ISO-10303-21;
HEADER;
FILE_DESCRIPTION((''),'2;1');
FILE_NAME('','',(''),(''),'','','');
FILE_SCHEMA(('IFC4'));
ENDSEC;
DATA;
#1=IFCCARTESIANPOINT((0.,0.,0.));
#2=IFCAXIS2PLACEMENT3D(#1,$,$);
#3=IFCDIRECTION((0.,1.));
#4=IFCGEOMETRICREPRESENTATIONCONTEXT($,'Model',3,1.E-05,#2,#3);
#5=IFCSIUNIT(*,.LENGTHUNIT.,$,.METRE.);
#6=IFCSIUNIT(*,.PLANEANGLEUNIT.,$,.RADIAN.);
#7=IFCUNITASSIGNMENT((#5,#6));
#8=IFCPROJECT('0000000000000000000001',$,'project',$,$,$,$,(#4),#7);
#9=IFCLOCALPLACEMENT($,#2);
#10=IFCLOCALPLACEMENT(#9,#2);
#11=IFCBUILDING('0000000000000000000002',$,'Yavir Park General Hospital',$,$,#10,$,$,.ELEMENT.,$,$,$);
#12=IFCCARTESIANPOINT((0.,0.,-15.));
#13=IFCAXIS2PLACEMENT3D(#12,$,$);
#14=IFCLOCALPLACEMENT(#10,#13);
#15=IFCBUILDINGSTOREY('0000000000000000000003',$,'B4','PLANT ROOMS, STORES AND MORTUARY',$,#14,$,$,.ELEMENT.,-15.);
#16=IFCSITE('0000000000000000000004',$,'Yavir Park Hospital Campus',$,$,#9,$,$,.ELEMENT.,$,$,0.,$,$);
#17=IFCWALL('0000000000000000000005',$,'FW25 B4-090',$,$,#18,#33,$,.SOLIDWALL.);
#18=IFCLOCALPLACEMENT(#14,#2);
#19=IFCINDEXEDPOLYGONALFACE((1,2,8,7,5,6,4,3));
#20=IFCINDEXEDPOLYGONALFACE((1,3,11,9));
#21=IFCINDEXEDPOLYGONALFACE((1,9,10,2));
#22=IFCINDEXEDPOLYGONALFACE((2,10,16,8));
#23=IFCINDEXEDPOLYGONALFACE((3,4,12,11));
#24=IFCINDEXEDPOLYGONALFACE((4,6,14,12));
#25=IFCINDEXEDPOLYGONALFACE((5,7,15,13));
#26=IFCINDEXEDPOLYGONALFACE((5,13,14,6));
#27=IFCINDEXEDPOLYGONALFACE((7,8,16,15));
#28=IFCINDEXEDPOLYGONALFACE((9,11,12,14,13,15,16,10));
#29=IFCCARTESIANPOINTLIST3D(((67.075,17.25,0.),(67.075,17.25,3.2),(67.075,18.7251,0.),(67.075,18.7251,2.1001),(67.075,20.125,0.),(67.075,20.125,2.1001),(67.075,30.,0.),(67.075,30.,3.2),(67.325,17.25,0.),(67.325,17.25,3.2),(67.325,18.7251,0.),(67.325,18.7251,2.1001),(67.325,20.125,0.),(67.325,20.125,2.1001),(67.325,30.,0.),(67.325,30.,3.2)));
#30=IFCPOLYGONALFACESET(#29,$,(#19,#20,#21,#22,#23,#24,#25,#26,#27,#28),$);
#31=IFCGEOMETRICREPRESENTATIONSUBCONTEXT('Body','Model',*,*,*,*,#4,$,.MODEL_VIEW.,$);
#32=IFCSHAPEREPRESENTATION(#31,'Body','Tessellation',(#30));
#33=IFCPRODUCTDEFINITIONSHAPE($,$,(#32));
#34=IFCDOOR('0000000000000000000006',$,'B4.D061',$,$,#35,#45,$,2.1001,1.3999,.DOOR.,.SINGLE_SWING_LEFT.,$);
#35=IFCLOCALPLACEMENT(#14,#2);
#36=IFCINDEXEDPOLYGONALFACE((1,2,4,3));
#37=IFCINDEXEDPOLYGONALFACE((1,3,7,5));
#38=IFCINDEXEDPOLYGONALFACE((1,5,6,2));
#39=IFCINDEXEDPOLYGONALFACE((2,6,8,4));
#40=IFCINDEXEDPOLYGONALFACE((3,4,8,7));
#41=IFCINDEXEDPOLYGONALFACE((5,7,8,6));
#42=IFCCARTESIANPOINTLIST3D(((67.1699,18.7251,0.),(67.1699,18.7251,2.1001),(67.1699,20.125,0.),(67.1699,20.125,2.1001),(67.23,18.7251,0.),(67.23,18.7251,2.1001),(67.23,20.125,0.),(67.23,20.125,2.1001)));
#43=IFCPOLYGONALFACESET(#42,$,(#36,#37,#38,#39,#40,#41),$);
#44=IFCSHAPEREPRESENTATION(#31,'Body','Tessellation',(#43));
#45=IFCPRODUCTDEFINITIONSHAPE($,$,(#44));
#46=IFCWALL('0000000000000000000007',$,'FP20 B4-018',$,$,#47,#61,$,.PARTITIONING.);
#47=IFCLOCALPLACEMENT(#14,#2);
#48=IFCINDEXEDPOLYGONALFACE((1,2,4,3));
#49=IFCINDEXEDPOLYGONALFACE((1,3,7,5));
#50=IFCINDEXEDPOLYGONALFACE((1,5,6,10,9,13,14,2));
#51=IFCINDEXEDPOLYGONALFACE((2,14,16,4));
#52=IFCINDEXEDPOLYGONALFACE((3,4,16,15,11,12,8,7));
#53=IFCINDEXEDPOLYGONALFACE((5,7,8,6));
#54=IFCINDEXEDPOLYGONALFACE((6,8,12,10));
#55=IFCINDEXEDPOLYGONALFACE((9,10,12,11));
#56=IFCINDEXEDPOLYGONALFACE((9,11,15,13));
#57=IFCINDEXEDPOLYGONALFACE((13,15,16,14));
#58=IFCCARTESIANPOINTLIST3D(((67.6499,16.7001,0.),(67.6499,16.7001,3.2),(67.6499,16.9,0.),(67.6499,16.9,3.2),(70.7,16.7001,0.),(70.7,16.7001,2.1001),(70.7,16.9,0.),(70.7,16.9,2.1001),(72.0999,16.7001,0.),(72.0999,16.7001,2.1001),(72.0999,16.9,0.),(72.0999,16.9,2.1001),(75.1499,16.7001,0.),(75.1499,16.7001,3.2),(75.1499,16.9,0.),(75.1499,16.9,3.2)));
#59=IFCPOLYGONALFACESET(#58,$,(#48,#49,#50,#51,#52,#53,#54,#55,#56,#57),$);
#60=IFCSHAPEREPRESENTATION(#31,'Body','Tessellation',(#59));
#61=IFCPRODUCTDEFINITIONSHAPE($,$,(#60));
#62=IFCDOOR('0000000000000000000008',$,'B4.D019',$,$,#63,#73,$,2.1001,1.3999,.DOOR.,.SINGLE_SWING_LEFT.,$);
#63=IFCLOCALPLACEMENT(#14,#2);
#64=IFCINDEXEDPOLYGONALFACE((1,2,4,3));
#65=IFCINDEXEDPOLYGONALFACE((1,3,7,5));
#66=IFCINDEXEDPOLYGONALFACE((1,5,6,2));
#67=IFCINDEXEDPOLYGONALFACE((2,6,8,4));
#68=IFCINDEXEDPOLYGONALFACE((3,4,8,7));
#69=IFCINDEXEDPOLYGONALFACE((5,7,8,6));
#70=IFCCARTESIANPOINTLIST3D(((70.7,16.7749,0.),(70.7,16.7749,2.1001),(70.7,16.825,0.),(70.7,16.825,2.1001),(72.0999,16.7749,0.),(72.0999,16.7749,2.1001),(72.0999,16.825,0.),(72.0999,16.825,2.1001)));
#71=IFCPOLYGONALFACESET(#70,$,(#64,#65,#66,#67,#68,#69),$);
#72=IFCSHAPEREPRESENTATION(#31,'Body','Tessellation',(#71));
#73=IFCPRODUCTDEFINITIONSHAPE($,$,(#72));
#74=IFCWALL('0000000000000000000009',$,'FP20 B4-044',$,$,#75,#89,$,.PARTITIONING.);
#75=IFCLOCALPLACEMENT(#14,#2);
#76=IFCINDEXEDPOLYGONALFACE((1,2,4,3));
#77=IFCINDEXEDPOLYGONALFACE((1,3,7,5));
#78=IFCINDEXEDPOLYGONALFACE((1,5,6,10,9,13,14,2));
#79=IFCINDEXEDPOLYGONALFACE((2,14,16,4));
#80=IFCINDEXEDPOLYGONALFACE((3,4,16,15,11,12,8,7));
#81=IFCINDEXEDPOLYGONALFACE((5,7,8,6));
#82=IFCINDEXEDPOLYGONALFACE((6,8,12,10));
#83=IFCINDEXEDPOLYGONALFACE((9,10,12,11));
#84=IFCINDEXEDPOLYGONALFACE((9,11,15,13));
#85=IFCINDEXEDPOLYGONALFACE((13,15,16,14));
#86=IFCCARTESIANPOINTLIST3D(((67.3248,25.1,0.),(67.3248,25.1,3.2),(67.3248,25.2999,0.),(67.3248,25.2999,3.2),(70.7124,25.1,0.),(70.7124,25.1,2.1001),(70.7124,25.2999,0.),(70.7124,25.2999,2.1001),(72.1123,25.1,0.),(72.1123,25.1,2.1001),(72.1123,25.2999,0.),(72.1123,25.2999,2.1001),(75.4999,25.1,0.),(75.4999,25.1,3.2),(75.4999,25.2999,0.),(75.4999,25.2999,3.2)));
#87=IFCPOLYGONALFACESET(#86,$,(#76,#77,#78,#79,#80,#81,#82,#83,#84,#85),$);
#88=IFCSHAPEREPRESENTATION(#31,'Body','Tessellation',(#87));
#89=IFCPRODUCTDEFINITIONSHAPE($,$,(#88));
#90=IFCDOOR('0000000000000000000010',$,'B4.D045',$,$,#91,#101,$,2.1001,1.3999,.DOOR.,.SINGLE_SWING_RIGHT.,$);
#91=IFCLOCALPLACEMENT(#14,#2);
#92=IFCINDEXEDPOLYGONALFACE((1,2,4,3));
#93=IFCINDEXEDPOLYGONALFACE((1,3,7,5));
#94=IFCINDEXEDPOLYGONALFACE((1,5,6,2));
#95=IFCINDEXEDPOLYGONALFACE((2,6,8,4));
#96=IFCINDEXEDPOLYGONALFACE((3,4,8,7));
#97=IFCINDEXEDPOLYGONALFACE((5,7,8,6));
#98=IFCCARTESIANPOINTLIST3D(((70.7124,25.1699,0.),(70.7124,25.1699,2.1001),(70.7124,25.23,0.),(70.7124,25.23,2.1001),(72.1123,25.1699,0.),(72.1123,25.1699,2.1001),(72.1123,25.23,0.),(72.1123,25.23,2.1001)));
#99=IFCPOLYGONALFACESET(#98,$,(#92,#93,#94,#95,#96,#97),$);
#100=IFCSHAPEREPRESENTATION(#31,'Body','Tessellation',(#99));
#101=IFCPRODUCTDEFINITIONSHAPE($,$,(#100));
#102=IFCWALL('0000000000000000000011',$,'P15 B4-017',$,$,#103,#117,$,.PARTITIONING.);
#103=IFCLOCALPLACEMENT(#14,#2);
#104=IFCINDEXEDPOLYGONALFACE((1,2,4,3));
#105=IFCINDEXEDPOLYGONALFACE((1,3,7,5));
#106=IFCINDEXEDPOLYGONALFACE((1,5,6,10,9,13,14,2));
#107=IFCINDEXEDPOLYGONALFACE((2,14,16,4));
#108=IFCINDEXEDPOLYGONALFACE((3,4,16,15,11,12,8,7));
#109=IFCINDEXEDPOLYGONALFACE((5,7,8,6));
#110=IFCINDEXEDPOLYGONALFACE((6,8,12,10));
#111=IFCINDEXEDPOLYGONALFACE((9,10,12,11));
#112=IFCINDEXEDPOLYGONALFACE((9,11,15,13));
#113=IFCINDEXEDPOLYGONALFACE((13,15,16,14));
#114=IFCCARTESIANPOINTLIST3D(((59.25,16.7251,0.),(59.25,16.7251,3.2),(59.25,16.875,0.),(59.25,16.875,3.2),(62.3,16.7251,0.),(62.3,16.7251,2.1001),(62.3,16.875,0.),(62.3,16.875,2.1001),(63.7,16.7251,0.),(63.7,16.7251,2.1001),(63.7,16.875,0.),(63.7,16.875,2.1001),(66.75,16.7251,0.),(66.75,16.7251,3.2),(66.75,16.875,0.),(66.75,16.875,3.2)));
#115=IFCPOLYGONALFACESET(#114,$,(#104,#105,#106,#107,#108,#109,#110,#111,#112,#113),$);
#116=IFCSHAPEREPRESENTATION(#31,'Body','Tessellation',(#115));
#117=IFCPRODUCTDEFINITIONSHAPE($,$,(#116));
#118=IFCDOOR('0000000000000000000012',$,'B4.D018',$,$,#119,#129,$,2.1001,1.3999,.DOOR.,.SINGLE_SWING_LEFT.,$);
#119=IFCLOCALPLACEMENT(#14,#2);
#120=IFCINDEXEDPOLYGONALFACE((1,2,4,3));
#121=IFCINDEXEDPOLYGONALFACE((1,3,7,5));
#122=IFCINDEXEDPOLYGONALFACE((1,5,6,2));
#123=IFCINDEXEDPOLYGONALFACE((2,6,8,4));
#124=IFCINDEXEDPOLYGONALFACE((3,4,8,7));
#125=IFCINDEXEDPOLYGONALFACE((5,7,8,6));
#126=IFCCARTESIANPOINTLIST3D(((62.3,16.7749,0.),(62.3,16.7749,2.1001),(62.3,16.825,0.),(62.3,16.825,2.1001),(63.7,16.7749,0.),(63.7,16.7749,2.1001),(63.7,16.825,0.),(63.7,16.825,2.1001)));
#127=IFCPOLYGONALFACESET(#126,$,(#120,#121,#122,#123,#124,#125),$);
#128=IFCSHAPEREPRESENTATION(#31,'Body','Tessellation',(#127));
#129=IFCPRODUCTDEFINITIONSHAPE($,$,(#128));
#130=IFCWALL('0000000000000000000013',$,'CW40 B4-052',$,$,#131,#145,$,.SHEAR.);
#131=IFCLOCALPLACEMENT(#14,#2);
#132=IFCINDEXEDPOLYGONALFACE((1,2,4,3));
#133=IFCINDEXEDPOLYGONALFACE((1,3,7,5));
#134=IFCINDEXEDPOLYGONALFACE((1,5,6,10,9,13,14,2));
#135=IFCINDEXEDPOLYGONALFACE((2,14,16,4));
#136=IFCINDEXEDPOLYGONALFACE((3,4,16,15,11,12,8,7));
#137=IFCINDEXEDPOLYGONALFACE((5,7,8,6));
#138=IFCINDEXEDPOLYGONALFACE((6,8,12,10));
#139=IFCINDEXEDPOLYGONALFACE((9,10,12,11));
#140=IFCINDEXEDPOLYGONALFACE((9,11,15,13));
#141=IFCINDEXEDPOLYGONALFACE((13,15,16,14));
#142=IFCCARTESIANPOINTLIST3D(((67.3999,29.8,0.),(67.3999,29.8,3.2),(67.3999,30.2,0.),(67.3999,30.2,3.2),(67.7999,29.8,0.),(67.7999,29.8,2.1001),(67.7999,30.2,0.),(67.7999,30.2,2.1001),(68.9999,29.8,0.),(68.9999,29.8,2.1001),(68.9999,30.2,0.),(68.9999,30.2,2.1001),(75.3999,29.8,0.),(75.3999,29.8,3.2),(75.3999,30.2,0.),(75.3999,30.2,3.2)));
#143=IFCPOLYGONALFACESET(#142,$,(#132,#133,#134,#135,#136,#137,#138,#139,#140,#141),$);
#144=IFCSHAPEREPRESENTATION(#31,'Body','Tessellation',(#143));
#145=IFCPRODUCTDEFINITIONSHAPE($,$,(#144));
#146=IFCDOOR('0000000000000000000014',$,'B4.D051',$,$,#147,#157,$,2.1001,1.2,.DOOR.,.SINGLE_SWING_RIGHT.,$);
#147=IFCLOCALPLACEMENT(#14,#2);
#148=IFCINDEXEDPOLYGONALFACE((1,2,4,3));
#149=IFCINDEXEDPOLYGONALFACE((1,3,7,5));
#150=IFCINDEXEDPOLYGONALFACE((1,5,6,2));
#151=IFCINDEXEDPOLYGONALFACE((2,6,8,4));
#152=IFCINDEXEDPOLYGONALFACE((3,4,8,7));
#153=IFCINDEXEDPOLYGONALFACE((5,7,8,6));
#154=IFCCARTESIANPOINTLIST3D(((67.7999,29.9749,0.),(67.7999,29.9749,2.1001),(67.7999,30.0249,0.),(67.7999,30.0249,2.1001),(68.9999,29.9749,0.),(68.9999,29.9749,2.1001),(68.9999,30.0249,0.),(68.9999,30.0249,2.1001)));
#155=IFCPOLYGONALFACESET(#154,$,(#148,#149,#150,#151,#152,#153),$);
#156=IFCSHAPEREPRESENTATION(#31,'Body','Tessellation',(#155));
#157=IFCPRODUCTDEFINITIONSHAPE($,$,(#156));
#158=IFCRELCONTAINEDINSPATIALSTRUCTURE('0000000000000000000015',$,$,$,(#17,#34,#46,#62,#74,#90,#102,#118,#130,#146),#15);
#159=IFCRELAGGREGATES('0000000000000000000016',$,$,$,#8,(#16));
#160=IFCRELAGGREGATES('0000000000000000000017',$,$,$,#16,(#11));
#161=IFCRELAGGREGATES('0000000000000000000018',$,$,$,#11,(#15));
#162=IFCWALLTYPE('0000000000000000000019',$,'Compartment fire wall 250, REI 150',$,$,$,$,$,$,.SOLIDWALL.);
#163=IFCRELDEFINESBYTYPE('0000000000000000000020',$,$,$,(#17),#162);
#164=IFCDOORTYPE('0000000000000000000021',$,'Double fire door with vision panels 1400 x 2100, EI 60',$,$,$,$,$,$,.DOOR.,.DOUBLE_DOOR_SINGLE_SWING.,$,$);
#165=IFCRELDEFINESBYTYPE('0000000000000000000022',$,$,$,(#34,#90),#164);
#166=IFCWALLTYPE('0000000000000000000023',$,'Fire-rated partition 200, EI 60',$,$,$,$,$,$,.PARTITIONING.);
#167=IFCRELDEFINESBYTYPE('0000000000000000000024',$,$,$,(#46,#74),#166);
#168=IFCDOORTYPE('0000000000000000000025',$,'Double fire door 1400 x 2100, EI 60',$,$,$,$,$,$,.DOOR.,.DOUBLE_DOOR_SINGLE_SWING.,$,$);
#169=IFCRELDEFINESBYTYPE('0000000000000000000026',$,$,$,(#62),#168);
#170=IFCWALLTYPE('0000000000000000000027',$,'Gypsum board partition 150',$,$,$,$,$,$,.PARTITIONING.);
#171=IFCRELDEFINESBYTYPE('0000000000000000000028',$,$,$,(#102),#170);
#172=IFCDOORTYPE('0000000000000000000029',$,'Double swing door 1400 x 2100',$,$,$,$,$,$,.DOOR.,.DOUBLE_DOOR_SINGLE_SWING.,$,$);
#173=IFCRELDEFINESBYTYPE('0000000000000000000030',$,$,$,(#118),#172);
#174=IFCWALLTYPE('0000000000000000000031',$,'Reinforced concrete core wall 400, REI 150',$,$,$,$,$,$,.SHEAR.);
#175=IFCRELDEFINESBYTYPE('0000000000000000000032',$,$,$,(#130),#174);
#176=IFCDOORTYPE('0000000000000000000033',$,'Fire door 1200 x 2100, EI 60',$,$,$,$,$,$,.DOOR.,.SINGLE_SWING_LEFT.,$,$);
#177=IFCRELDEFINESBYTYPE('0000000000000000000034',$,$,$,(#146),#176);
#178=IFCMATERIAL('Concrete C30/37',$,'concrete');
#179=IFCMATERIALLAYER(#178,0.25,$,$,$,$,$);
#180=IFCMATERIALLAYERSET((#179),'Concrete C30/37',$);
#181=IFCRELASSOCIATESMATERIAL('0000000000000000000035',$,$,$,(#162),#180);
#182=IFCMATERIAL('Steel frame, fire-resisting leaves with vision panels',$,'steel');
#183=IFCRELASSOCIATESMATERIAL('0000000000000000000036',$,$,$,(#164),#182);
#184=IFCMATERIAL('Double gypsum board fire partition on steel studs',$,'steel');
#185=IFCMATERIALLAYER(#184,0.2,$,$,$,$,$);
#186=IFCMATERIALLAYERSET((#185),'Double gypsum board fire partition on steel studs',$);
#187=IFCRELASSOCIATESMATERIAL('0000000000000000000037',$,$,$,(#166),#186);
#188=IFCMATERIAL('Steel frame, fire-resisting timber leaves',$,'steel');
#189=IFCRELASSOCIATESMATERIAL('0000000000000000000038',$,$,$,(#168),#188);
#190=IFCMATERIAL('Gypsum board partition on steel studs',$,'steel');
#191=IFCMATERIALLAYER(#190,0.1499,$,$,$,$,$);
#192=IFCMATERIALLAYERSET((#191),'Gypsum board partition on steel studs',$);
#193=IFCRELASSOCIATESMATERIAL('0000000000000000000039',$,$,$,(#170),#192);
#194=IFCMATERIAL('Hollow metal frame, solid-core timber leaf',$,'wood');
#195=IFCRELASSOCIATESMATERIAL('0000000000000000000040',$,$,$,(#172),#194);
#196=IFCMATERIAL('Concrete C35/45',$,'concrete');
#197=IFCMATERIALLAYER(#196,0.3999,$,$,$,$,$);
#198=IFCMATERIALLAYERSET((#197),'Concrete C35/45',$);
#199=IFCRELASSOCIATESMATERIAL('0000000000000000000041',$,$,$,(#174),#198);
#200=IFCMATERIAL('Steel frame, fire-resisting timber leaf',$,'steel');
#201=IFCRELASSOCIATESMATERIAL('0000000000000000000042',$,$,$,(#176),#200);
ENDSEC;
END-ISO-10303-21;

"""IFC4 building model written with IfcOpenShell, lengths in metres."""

from ifc_helpers import new_model, si_unit, direction, frame, frame_2d, origin, place, context, subcontext, project, spatial, rectangle, extrude, material, layer, layer_set, type_object, element, fill, save


model = new_model("IFC4")

# Units and contexts
model_context = context("Model", 3, precision=1e-05, world=origin(), true_north=direction((0.0, 1.0)))
body_context = subcontext(model_context, "Body", "Model", "MODEL_VIEW")
ifc_project = project(units=[si_unit("LENGTHUNIT", "METRE"), si_unit("PLANEANGLEUNIT", "RADIAN")], contexts=[model_context])

# Site, building, storey
site_placement = place(None, origin())
site = spatial("IfcSite", under=ifc_project, at=site_placement, Name="Yavir Park Hospital Campus", CompositionType="ELEMENT", RefElevation=0.0)
building_placement = place(site_placement, origin())
building = spatial("IfcBuilding", under=site, at=building_placement, Name="Yavir Park General Hospital", CompositionType="ELEMENT")
storey_placement = place(building_placement, frame((0.0, 0.0, -15.0)))
storey = spatial("IfcBuildingStorey", under=building, at=storey_placement, Name="B4", Description="PLANT ROOMS, STORES AND MORTUARY", CompositionType="ELEMENT", Elevation=-15.0)

# Walls, openings, doors
ifc_material_1 = material(Name="Concrete C30/37", Category="concrete")
ifc_layer_1 = layer(ifc_material_1, 0.25)
ifc_layer_set_1 = layer_set([ifc_layer_1], Name="Concrete C30/37")
wall_type_1 = type_object("IfcWallType", Name="Compartment fire wall 250, REI 150", PredefinedType="SOLIDWALL", material=ifc_layer_set_1)
wall_1_placement = place(storey_placement, frame((67.2, 17.25, 0.0), z_axis=(0.0, 0.0, 1.0), x_axis=(0.0, 1.0, 0.0)))
wall_1 = element("IfcWall", 1, at=wall_1_placement, inside=storey, type_object=wall_type_1, Name="FW25 B4-090", PredefinedType="SOLIDWALL", context=body_context, shape_type="SweptSolid", body=[
    extrude(rectangle(XDim=12.75, YDim=0.25, at=frame_2d((6.375, 0.0))), origin(), (0.0, 0.0, 1.0), 3.2),
])
opening_1_placement = place(wall_1_placement, frame((1.4751, 0.0, 0.0)))
opening_1 = element("IfcOpeningElement", 2, at=opening_1_placement, cuts=wall_1, PredefinedType="OPENING", context=body_context, shape_type="SweptSolid", body=[
    extrude(rectangle(XDim=1.3999, YDim=2.1001, at=frame_2d((0.7, 1.05))), frame((0.0, 0.135, 0.0), z_axis=(0.0, -1.0, 0.0), x_axis=(1.0, 0.0, 0.0)), (0.0, 0.0, 1.0), 0.27),
])
ifc_material_2 = material(Name="Steel frame, fire-resisting leaves with vision panels", Category="steel")
door_type_1 = type_object("IfcDoorType", Name="Double fire door with vision panels 1400 x 2100, EI 60", OperationType="DOUBLE_DOOR_SINGLE_SWING", PredefinedType="DOOR", material=ifc_material_2)
door_1_placement = place(opening_1_placement, origin())
door_1 = element("IfcDoor", 3, at=door_1_placement, inside=storey, type_object=door_type_1, Name="B4.D061", OperationType="SINGLE_SWING_LEFT", OverallHeight=2.1001, OverallWidth=1.3999, PredefinedType="DOOR", context=body_context, shape_type="SweptSolid", body=[
    extrude(rectangle(XDim=1.3999, YDim=2.1001, at=frame_2d((0.7, 1.05))), frame((0.0, 0.03, 0.0), z_axis=(0.0, -1.0, 0.0), x_axis=(1.0, 0.0, 0.0)), (0.0, 0.0, 1.0), 0.0601),
])
fill(opening_1, door_1)
ifc_material_3 = material(Name="Double gypsum board fire partition on steel studs", Category="steel")
ifc_layer_2 = layer(ifc_material_3, 0.2)
ifc_layer_set_2 = layer_set([ifc_layer_2], Name="Double gypsum board fire partition on steel studs")
wall_type_2 = type_object("IfcWallType", Name="Fire-rated partition 200, EI 60", PredefinedType="PARTITIONING", material=ifc_layer_set_2)
wall_2_placement = place(storey_placement, frame((67.6499, 16.8, 0.0), z_axis=(0.0, 0.0, 1.0), x_axis=(1.0, 0.0, 0.0)))
wall_2 = element("IfcWall", 4, at=wall_2_placement, inside=storey, type_object=wall_type_2, Name="FP20 B4-018", PredefinedType="PARTITIONING", context=body_context, shape_type="SweptSolid", body=[
    extrude(rectangle(XDim=7.5, YDim=0.2, at=frame_2d((3.75, 0.0))), origin(), (0.0, 0.0, 1.0), 3.2),
])
opening_2_placement = place(wall_2_placement, frame((3.05, 0.0, 0.0)))
opening_2 = element("IfcOpeningElement", 5, at=opening_2_placement, cuts=wall_2, PredefinedType="OPENING", context=body_context, shape_type="SweptSolid", body=[
    extrude(rectangle(XDim=1.3999, YDim=2.1001, at=frame_2d((0.7, 1.05))), frame((0.0, 0.1099, 0.0), z_axis=(0.0, -1.0, 0.0), x_axis=(1.0, 0.0, 0.0)), (0.0, 0.0, 1.0), 0.22),
])
ifc_material_4 = material(Name="Steel frame, fire-resisting timber leaves", Category="steel")
door_type_2 = type_object("IfcDoorType", Name="Double fire door 1400 x 2100, EI 60", OperationType="DOUBLE_DOOR_SINGLE_SWING", PredefinedType="DOOR", material=ifc_material_4)
door_2_placement = place(opening_2_placement, origin())
door_2 = element("IfcDoor", 6, at=door_2_placement, inside=storey, type_object=door_type_2, Name="B4.D019", OperationType="SINGLE_SWING_LEFT", OverallHeight=2.1001, OverallWidth=1.3999, PredefinedType="DOOR", context=body_context, shape_type="SweptSolid", body=[
    extrude(rectangle(XDim=1.3999, YDim=2.1001, at=frame_2d((0.7, 1.05))), frame((0.0, 0.0249, 0.0), z_axis=(0.0, -1.0, 0.0), x_axis=(1.0, 0.0, 0.0)), (0.0, 0.0, 1.0), 0.05),
])
fill(opening_2, door_2)
wall_3_placement = place(storey_placement, frame((67.325, 25.2, 0.0), z_axis=(0.0, 0.0, 1.0), x_axis=(1.0, 0.0, 0.0)))
wall_3 = element("IfcWall", 7, at=wall_3_placement, inside=storey, type_object=wall_type_2, Name="FP20 B4-044", PredefinedType="PARTITIONING", context=body_context, shape_type="SweptSolid", body=[
    extrude(rectangle(XDim=8.175, YDim=0.2, at=frame_2d((4.0874, 0.0))), origin(), (0.0, 0.0, 1.0), 3.2),
])
opening_3_placement = place(wall_3_placement, frame((3.3875, 0.0, 0.0)))
opening_3 = element("IfcOpeningElement", 8, at=opening_3_placement, cuts=wall_3, PredefinedType="OPENING", context=body_context, shape_type="SweptSolid", body=[
    extrude(rectangle(XDim=1.3999, YDim=2.1001, at=frame_2d((0.7, 1.05))), frame((0.0, 0.1099, 0.0), z_axis=(0.0, -1.0, 0.0), x_axis=(1.0, 0.0, 0.0)), (0.0, 0.0, 1.0), 0.22),
])
door_3_placement = place(opening_3_placement, origin())
door_3 = element("IfcDoor", 9, at=door_3_placement, inside=storey, type_object=door_type_1, Name="B4.D045", OperationType="SINGLE_SWING_RIGHT", OverallHeight=2.1001, OverallWidth=1.3999, PredefinedType="DOOR", context=body_context, shape_type="SweptSolid", body=[
    extrude(rectangle(XDim=1.3999, YDim=2.1001, at=frame_2d((0.7, 1.05))), frame((0.0, 0.03, 0.0), z_axis=(0.0, -1.0, 0.0), x_axis=(1.0, 0.0, 0.0)), (0.0, 0.0, 1.0), 0.0601),
])
fill(opening_3, door_3)
ifc_material_5 = material(Name="Gypsum board partition on steel studs", Category="steel")
ifc_layer_3 = layer(ifc_material_5, 0.1499)
ifc_layer_set_3 = layer_set([ifc_layer_3], Name="Gypsum board partition on steel studs")
wall_type_3 = type_object("IfcWallType", Name="Gypsum board partition 150", PredefinedType="PARTITIONING", material=ifc_layer_set_3)
wall_4_placement = place(storey_placement, frame((59.25, 16.8, 0.0), z_axis=(0.0, 0.0, 1.0), x_axis=(1.0, 0.0, 0.0)))
wall_4 = element("IfcWall", 10, at=wall_4_placement, inside=storey, type_object=wall_type_3, Name="P15 B4-017", PredefinedType="PARTITIONING", context=body_context, shape_type="SweptSolid", body=[
    extrude(rectangle(XDim=7.5, YDim=0.1499, at=frame_2d((3.75, 0.0))), origin(), (0.0, 0.0, 1.0), 3.2),
])
opening_4_placement = place(wall_4_placement, frame((3.05, 0.0, 0.0)))
opening_4 = element("IfcOpeningElement", 11, at=opening_4_placement, cuts=wall_4, PredefinedType="OPENING", context=body_context, shape_type="SweptSolid", body=[
    extrude(rectangle(XDim=1.3999, YDim=2.1001, at=frame_2d((0.7, 1.05))), frame((0.0, 0.085, 0.0), z_axis=(0.0, -1.0, 0.0), x_axis=(1.0, 0.0, 0.0)), (0.0, 0.0, 1.0), 0.1699),
])
ifc_material_6 = material(Name="Hollow metal frame, solid-core timber leaf", Category="wood")
door_type_3 = type_object("IfcDoorType", Name="Double swing door 1400 x 2100", OperationType="DOUBLE_DOOR_SINGLE_SWING", PredefinedType="DOOR", material=ifc_material_6)
door_4_placement = place(opening_4_placement, origin())
door_4 = element("IfcDoor", 12, at=door_4_placement, inside=storey, type_object=door_type_3, Name="B4.D018", OperationType="SINGLE_SWING_LEFT", OverallHeight=2.1001, OverallWidth=1.3999, PredefinedType="DOOR", context=body_context, shape_type="SweptSolid", body=[
    extrude(rectangle(XDim=1.3999, YDim=2.1001, at=frame_2d((0.7, 1.05))), frame((0.0, 0.0249, 0.0), z_axis=(0.0, -1.0, 0.0), x_axis=(1.0, 0.0, 0.0)), (0.0, 0.0, 1.0), 0.05),
])
fill(opening_4, door_4)
ifc_material_7 = material(Name="Concrete C35/45", Category="concrete")
ifc_layer_4 = layer(ifc_material_7, 0.3999)
ifc_layer_set_4 = layer_set([ifc_layer_4], Name="Concrete C35/45")
wall_type_4 = type_object("IfcWallType", Name="Reinforced concrete core wall 400, REI 150", PredefinedType="SHEAR", material=ifc_layer_set_4)
wall_5_placement = place(storey_placement, frame((67.3999, 30.0, 0.0), z_axis=(0.0, 0.0, 1.0), x_axis=(1.0, 0.0, 0.0)))
wall_5 = element("IfcWall", 13, at=wall_5_placement, inside=storey, type_object=wall_type_4, Name="CW40 B4-052", PredefinedType="SHEAR", context=body_context, shape_type="SweptSolid", body=[
    extrude(rectangle(XDim=8.0, YDim=0.3999, at=frame_2d((4.0, 0.0))), origin(), (0.0, 0.0, 1.0), 3.2),
])
opening_5_placement = place(wall_5_placement, frame((0.3999, 0.0, 0.0)))
opening_5 = element("IfcOpeningElement", 14, at=opening_5_placement, cuts=wall_5, PredefinedType="OPENING", context=body_context, shape_type="SweptSolid", body=[
    extrude(rectangle(XDim=1.2, YDim=2.1001, at=frame_2d((0.6001, 1.05))), frame((0.0, 0.21, 0.0), z_axis=(0.0, -1.0, 0.0), x_axis=(1.0, 0.0, 0.0)), (0.0, 0.0, 1.0), 0.4199),
])
ifc_material_8 = material(Name="Steel frame, fire-resisting timber leaf", Category="steel")
door_type_4 = type_object("IfcDoorType", Name="Fire door 1200 x 2100, EI 60", OperationType="SINGLE_SWING_LEFT", PredefinedType="DOOR", material=ifc_material_8)
door_5_placement = place(opening_5_placement, origin())
door_5 = element("IfcDoor", 15, at=door_5_placement, inside=storey, type_object=door_type_4, Name="B4.D051", OperationType="SINGLE_SWING_RIGHT", OverallHeight=2.1001, OverallWidth=1.2, PredefinedType="DOOR", context=body_context, shape_type="SweptSolid", body=[
    extrude(rectangle(XDim=1.2, YDim=2.1001, at=frame_2d((0.6001, 1.05))), frame((0.0, 0.0249, 0.0), z_axis=(0.0, -1.0, 0.0), x_axis=(1.0, 0.0, 0.0)), (0.0, 0.0, 1.0), 0.05),
])
fill(opening_5, door_5)

save(model, "model.ifc")
